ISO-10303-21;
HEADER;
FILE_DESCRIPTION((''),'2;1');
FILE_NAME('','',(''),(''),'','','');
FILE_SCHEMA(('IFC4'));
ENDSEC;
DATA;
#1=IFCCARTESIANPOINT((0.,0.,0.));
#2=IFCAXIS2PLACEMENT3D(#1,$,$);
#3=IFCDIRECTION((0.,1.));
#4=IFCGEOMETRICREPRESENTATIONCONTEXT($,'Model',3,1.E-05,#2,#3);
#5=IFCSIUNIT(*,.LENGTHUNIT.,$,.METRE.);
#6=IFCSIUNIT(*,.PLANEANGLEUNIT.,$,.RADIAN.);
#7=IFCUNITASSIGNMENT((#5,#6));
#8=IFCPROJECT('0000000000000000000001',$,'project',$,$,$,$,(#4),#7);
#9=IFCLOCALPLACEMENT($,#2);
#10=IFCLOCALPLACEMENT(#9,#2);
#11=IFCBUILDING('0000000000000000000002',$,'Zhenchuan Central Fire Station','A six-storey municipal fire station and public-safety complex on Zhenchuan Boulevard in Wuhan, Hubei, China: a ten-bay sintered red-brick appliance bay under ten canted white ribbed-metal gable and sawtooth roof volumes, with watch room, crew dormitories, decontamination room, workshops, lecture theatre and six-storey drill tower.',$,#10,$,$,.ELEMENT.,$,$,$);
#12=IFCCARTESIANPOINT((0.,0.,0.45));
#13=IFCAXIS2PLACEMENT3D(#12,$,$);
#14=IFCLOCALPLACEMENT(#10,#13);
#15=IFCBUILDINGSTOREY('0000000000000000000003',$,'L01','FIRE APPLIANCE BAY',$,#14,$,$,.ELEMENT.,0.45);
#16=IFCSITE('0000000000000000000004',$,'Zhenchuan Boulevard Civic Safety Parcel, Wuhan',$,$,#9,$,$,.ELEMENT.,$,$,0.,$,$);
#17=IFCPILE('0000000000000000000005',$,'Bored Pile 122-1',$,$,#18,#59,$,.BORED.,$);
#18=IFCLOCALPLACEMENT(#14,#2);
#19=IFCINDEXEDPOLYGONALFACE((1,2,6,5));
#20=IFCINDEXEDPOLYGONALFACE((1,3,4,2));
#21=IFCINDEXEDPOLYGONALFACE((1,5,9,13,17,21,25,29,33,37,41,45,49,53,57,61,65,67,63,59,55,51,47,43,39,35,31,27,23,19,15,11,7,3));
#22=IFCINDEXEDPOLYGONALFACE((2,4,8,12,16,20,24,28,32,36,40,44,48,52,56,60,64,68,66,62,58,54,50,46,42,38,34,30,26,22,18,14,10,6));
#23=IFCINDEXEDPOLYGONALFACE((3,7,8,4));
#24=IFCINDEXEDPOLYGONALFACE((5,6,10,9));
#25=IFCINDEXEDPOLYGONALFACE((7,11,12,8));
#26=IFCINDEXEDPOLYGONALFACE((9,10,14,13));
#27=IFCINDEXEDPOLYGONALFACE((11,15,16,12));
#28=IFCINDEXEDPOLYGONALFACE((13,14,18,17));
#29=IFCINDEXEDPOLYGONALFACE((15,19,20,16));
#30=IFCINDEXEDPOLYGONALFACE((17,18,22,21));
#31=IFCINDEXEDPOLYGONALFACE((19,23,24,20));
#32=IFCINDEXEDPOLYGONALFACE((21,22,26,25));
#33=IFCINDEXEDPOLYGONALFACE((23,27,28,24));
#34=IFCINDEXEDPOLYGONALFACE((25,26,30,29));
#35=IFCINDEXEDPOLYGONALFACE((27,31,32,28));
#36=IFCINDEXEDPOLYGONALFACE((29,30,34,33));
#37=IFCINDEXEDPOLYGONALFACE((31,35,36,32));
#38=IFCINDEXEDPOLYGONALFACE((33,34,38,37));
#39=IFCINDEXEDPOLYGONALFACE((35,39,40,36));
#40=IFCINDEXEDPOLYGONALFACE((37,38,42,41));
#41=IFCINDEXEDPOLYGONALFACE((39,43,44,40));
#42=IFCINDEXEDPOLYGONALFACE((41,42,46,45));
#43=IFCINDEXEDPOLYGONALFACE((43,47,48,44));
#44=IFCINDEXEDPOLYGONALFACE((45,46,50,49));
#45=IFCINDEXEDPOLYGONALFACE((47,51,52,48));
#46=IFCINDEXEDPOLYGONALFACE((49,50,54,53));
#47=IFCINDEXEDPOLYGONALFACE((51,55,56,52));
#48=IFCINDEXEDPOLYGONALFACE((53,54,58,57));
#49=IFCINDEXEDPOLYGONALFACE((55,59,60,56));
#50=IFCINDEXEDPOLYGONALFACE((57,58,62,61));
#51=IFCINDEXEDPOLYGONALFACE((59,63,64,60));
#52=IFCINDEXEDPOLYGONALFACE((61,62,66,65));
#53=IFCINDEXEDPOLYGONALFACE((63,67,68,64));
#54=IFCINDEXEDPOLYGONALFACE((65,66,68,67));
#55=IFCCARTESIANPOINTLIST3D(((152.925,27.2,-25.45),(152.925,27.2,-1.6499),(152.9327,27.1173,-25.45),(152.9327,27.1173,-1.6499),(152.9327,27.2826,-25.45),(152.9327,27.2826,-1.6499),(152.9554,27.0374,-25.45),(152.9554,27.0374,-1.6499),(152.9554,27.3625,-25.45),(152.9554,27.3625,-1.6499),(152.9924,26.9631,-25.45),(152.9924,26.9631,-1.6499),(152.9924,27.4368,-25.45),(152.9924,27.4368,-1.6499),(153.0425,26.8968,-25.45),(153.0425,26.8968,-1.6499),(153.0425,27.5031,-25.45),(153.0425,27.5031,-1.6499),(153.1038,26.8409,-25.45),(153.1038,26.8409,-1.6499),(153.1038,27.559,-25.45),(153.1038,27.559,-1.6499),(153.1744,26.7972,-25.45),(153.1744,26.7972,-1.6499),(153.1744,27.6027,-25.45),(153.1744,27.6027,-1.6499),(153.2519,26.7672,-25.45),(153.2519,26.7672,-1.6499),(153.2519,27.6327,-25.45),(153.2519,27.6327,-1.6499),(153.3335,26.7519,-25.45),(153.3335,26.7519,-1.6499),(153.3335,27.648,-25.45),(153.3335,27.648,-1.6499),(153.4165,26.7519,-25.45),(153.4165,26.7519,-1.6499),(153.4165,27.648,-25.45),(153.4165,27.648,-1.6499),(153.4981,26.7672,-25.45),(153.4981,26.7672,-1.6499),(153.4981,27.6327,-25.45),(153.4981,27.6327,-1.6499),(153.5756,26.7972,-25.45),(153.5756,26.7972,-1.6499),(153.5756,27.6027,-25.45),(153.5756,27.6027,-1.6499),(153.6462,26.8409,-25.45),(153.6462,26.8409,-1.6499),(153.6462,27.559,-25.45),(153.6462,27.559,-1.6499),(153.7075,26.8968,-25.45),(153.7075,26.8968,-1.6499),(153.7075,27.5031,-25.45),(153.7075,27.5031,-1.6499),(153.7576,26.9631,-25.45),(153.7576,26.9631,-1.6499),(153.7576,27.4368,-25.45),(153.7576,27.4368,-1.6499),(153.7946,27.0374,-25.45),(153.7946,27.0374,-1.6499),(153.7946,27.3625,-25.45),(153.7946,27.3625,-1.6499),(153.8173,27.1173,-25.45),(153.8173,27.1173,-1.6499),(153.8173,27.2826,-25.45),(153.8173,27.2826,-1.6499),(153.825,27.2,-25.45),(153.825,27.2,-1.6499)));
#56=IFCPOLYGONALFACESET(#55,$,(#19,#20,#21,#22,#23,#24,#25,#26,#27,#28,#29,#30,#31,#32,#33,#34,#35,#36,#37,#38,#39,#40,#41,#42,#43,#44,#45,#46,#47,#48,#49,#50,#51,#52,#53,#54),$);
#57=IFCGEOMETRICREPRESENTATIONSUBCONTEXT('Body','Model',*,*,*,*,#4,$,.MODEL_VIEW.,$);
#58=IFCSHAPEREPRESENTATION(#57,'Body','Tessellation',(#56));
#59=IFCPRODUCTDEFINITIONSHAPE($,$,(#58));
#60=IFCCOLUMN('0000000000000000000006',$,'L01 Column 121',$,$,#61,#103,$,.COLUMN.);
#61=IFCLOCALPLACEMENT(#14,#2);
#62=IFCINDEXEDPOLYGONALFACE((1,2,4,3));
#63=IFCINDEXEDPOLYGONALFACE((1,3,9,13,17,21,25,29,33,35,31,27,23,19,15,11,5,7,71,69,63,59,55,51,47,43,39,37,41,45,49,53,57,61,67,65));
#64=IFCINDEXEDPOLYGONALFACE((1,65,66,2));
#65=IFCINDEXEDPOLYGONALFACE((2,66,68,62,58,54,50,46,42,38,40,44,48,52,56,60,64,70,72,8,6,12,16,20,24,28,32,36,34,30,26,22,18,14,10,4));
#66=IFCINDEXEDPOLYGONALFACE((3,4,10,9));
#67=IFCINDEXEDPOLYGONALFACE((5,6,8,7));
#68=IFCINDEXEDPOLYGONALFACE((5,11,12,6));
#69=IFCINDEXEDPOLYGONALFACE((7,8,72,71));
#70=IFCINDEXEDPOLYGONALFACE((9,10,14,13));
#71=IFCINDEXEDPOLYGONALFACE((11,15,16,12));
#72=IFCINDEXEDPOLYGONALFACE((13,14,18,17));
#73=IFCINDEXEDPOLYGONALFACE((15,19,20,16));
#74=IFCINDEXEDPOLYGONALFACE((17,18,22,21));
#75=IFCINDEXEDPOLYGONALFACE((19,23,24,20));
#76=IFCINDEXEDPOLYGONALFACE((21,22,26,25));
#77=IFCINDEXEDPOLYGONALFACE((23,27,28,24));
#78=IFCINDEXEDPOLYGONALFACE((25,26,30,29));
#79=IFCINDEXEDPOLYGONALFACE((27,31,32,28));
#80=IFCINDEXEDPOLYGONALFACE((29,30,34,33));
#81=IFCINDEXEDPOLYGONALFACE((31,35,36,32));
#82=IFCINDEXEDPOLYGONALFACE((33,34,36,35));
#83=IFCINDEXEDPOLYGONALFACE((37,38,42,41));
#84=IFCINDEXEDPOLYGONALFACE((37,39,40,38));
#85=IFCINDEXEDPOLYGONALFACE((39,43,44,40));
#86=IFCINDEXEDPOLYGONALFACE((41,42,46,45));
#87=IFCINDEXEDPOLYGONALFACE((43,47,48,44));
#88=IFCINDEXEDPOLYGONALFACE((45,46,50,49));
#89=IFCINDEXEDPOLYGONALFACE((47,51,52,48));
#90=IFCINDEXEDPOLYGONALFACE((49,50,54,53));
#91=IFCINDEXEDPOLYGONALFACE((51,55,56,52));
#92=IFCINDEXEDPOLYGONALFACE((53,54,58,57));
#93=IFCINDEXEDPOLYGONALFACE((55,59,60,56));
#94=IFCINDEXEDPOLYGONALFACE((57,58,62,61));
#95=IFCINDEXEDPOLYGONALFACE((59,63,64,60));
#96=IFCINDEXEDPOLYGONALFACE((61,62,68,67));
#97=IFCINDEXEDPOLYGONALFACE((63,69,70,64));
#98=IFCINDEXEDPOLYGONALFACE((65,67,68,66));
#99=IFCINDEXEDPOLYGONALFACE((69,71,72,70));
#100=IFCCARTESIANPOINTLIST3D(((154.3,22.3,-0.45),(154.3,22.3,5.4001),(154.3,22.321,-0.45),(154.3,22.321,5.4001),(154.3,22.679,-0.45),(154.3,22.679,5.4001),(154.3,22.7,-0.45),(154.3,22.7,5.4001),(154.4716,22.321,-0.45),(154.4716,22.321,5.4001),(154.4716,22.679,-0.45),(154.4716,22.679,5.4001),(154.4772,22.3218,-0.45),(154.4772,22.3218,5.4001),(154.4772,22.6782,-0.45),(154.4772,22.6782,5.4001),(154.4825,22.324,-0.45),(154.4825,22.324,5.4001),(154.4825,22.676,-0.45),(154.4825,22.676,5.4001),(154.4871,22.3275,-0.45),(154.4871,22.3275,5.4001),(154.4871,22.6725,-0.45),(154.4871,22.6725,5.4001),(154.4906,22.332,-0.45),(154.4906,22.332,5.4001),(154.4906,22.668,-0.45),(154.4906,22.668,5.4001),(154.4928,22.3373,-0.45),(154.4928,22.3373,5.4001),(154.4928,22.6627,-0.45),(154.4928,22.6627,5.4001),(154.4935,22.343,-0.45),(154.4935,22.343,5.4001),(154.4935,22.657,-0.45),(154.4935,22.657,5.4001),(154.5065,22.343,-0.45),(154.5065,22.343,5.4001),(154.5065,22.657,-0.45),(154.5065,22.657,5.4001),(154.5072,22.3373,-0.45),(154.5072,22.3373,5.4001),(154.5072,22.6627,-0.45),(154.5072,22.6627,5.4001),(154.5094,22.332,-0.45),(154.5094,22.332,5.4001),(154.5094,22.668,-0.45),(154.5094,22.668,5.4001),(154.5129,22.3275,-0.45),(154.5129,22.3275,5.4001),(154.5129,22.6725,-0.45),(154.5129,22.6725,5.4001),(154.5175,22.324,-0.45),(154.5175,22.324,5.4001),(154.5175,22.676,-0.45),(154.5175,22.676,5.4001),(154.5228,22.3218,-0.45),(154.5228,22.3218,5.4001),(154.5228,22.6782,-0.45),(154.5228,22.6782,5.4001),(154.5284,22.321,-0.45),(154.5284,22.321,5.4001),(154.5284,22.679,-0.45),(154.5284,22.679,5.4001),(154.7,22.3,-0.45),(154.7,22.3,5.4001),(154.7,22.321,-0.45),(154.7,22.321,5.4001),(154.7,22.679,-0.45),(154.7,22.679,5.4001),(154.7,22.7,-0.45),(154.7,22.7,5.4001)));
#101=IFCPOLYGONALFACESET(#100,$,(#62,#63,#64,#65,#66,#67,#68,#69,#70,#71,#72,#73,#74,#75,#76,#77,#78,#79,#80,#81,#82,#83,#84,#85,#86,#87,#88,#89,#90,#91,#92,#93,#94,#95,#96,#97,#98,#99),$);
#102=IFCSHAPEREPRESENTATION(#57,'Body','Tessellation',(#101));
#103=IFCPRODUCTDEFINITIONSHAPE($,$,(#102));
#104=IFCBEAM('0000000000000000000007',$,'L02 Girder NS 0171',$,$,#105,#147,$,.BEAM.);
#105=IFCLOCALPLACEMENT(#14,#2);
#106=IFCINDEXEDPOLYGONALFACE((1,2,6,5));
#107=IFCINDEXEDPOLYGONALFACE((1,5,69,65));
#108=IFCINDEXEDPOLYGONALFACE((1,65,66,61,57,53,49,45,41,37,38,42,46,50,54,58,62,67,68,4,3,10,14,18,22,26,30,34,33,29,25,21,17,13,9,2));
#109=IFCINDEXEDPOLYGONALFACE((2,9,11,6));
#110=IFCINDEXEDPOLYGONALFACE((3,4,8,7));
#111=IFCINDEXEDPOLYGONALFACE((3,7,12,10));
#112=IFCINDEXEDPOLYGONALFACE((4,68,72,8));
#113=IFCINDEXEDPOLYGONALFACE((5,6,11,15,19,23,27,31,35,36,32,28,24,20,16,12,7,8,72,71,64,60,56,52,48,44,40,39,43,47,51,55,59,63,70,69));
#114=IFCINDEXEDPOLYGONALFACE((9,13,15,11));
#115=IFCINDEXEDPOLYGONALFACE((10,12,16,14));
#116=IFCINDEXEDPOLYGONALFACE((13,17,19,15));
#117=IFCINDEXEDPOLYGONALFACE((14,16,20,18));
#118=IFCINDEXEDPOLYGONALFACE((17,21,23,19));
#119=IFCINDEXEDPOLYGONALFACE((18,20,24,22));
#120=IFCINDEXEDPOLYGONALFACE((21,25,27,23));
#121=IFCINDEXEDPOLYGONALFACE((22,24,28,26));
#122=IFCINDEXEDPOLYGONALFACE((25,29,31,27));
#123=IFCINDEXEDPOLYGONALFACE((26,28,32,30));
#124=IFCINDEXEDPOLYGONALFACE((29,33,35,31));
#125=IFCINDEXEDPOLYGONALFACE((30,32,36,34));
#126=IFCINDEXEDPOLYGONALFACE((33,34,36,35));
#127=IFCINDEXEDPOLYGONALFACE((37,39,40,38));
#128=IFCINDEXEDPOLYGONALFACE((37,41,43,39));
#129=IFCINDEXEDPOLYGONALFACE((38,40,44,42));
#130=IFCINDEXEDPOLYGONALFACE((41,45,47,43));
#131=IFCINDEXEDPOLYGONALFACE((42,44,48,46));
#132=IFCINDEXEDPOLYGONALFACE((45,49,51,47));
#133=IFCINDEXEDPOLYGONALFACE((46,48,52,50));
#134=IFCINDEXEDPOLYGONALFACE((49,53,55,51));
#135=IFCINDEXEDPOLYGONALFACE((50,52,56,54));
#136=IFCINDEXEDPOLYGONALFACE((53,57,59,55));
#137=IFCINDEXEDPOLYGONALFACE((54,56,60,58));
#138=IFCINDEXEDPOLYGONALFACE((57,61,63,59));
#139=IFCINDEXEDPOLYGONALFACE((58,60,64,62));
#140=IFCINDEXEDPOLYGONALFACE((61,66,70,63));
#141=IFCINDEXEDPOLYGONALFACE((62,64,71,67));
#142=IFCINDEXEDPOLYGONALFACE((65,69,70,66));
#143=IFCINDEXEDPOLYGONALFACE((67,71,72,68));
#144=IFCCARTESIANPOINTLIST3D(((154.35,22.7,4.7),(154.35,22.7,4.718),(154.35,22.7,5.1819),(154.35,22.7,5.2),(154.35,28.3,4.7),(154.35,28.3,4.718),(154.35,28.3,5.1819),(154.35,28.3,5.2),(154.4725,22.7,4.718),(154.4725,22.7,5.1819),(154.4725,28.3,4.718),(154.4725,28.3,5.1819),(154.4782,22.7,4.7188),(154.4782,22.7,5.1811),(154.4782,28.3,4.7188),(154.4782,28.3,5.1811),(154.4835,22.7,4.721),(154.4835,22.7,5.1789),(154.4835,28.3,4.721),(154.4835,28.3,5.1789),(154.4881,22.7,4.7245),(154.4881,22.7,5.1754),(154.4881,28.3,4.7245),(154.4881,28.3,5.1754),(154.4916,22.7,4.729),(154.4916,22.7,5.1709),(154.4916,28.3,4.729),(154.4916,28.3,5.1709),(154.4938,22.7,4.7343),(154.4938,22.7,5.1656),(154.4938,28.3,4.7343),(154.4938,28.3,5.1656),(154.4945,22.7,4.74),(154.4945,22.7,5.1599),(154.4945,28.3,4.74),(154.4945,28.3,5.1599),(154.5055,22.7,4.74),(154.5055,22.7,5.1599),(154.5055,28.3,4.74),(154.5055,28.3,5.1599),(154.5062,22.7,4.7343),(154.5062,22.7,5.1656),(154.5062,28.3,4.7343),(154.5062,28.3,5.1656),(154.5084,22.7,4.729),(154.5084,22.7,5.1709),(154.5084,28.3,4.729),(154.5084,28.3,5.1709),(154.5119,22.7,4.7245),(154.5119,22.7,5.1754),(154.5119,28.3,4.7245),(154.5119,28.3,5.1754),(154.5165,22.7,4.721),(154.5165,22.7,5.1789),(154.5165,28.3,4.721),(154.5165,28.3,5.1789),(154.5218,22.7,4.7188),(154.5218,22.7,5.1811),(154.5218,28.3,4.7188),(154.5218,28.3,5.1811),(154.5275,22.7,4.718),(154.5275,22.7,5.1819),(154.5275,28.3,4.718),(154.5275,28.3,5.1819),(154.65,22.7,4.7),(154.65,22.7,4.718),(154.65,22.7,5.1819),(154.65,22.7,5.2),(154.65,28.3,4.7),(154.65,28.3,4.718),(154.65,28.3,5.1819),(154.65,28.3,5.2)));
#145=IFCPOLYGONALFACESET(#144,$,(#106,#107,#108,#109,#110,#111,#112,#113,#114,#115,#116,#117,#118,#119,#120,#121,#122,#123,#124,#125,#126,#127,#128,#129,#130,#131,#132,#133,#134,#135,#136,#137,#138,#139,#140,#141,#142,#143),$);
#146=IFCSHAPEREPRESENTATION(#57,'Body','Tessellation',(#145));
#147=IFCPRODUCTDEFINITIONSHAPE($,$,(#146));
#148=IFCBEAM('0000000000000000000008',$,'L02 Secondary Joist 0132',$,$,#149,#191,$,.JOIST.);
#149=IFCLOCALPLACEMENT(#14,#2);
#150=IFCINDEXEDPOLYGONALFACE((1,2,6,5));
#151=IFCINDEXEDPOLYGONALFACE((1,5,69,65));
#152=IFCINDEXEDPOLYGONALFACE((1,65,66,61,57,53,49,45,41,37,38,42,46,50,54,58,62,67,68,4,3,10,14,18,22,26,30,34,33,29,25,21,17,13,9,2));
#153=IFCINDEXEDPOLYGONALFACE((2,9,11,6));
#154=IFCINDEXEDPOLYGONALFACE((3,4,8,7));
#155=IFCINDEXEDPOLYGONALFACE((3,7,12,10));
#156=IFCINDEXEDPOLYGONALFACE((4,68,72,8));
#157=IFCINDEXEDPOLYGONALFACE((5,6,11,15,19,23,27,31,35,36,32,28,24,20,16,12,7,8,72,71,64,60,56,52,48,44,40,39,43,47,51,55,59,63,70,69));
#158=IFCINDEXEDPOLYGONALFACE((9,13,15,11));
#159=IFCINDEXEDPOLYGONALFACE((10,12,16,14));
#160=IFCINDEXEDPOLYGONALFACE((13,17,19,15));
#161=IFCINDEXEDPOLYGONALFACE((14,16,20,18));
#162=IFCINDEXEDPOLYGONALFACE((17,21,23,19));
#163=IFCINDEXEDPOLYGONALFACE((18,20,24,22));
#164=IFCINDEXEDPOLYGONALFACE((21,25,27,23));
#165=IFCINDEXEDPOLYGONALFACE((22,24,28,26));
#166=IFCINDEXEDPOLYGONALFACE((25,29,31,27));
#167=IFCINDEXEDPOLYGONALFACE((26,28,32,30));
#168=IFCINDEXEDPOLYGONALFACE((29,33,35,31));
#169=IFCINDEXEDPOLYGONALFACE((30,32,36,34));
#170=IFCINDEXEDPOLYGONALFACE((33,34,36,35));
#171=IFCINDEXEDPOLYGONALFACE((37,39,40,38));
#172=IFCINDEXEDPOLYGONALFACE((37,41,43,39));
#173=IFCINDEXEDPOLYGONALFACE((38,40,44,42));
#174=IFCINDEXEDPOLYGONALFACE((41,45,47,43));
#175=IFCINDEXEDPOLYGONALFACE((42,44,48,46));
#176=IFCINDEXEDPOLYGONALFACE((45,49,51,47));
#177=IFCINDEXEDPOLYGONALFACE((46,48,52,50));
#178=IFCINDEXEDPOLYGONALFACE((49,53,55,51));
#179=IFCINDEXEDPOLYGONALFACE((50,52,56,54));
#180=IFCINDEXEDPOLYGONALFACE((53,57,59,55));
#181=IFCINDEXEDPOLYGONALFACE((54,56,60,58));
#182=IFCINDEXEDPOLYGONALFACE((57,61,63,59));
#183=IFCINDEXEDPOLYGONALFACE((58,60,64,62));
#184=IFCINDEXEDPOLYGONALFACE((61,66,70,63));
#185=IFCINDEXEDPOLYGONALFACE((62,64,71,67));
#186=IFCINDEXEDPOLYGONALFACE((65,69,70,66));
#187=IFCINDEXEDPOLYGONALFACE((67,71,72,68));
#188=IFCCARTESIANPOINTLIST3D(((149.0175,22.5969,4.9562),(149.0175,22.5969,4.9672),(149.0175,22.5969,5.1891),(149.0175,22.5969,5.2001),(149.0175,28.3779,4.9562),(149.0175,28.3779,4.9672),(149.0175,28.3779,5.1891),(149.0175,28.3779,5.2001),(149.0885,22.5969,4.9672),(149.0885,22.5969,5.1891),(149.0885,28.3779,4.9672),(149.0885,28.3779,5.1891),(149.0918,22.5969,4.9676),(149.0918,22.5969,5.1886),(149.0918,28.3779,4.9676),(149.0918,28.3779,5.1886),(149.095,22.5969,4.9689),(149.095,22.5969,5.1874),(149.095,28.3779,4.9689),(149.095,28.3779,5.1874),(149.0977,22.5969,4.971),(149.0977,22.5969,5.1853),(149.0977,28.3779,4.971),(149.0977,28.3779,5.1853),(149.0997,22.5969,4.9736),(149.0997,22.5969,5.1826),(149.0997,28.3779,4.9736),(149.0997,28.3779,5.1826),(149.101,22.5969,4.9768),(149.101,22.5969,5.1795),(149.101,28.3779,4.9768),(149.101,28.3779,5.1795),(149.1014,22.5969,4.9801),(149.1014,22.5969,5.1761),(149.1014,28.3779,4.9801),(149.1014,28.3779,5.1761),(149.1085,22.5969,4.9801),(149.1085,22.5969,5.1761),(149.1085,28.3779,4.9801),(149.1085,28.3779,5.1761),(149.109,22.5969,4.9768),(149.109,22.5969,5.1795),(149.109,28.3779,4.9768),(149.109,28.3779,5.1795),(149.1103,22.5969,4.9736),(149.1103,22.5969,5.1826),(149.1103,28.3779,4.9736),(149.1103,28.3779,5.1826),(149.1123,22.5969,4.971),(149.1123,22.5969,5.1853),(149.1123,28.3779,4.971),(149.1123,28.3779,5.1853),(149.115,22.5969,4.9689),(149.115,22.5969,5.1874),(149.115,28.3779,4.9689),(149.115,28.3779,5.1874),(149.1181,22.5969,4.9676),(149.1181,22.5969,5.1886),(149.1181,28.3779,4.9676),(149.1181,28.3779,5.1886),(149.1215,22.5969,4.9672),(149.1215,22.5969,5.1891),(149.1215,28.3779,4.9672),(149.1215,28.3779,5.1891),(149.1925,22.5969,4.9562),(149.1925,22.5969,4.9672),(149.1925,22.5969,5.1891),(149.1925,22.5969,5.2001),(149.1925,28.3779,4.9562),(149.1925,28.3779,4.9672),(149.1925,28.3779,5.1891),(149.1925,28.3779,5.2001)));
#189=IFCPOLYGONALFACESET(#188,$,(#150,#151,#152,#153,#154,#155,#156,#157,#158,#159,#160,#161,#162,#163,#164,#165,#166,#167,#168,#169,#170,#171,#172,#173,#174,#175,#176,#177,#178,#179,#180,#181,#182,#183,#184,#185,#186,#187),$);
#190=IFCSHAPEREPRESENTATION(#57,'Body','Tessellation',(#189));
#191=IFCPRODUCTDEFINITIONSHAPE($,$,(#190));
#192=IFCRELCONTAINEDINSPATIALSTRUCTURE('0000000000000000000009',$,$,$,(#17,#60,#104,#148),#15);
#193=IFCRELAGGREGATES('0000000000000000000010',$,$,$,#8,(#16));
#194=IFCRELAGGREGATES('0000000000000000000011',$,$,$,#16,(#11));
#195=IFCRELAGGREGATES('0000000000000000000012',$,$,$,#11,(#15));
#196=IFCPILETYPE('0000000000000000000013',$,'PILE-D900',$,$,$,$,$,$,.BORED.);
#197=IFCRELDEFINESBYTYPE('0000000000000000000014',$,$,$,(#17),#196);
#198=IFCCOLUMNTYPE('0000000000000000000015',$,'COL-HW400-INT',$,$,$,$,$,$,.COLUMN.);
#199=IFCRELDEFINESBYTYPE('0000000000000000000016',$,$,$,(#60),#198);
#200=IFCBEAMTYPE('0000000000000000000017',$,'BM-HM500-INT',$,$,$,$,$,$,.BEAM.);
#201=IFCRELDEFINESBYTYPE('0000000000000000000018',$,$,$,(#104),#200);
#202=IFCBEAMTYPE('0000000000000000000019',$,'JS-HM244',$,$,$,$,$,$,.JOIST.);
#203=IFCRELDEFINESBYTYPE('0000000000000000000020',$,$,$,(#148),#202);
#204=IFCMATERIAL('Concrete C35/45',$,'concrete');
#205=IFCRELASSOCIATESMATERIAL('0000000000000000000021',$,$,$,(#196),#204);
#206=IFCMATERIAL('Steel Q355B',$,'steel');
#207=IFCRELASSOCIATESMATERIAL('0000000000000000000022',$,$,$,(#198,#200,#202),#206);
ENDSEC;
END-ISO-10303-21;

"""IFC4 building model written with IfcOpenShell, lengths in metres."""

from ifc_helpers import new_model, si_unit, direction, frame, origin, origin_2d, place, context, subcontext, project, spatial, circle, i_section, extrude, material, material_profile, profile_set, type_object, element, save


model = new_model("IFC4")

# Units and contexts
model_context = context("Model", 3, precision=1e-05, world=origin(), true_north=direction((0.0, 1.0)))
body_context = subcontext(model_context, "Body", "Model", "MODEL_VIEW")
ifc_project = project(units=[si_unit("LENGTHUNIT", "METRE"), si_unit("PLANEANGLEUNIT", "RADIAN")], contexts=[model_context])

# Site, building, storey
site_placement = place(None, origin())
site = spatial("IfcSite", under=ifc_project, at=site_placement, Name="Zhenchuan Boulevard Civic Safety Parcel, Wuhan", CompositionType="ELEMENT", RefElevation=0.0)
building_placement = place(site_placement, origin())
building = spatial("IfcBuilding", under=site, at=building_placement, Name="Zhenchuan Central Fire Station", Description="A six-storey municipal fire station and public-safety complex on Zhenchuan Boulevard in Wuhan, Hubei, China: a ten-bay sintered red-brick appliance bay under ten canted white ribbed-metal gable and sawtooth roof volumes, with watch room, crew dormitories, decontamination room, workshops, lecture theatre and six-storey drill tower.", CompositionType="ELEMENT")
storey_placement = place(building_placement, frame((0.0, 0.0, 0.45)))
storey = spatial("IfcBuildingStorey", under=building, at=storey_placement, Name="L01", Description="FIRE APPLIANCE BAY", CompositionType="ELEMENT", Elevation=0.45)

# Pile
ifc_material_1 = material(Name="Concrete C35/45", Category="concrete")
ifc_material_profile_1 = material_profile(ifc_material_1, circle(Radius=0.45, at=origin_2d()), Name="PILE D900")
ifc_profile_set_1 = profile_set([ifc_material_profile_1], Name="Concrete C35/45")
pile_type_1 = type_object("IfcPileType", Name="PILE-D900", PredefinedType="BORED", material=ifc_profile_set_1)
pile_1_placement = place(storey_placement, frame((153.375, 27.2, -1.6499), z_axis=(0.0, 0.0, -1.0), x_axis=(1.0, 0.0, 0.0)))
element("IfcPile", 1, at=pile_1_placement, inside=storey, type_object=pile_type_1, Name="Bored Pile 122-1", PredefinedType="BORED", context=body_context, shape_type="SweptSolid", body=[
    extrude(circle(Radius=0.45, at=origin_2d()), origin(), (0.0, 0.0, 1.0), 23.8),
])

# Column
ifc_material_2 = material(Name="Steel Q355B", Category="steel")
ifc_material_profile_2 = material_profile(ifc_material_2, i_section(OverallWidth=0.3999, OverallDepth=0.3999, WebThickness=0.0129, FlangeThickness=0.021, FilletRadius=0.022, at=origin_2d()), Name="HW 400x400")
ifc_profile_set_2 = profile_set([ifc_material_profile_2], Name="Steel Q355B")
column_type = type_object("IfcColumnType", Name="COL-HW400-INT", PredefinedType="COLUMN", material=ifc_profile_set_2)
column_placement = place(storey_placement, frame((154.5, 22.5, -0.45), z_axis=(0.0, 0.0, 1.0), x_axis=(1.0, 0.0, 0.0)))
element("IfcColumn", 2, at=column_placement, inside=storey, type_object=column_type, Name="L01 Column 121", PredefinedType="COLUMN", context=body_context, shape_type="SweptSolid", body=[
    extrude(i_section(OverallWidth=0.3999, OverallDepth=0.3999, WebThickness=0.0129, FlangeThickness=0.021, FilletRadius=0.022, at=origin_2d()), origin(), (0.0, 0.0, 1.0), 5.8501),
])

# Beams
ifc_material_profile_3 = material_profile(ifc_material_2, i_section(OverallWidth=0.3, OverallDepth=0.5, WebThickness=0.011, FlangeThickness=0.0181, FilletRadius=0.022, at=origin_2d()), Name="HM 500x300")
ifc_profile_set_3 = profile_set([ifc_material_profile_3], Name="Steel Q355B")
beam_type_1 = type_object("IfcBeamType", Name="BM-HM500-INT", PredefinedType="BEAM", material=ifc_profile_set_3)
beam_1_placement = place(storey_placement, frame((154.5, 22.7, 4.95), z_axis=(0.0, 1.0, 0.0), x_axis=(-1.0, 0.0, 0.0)))
element("IfcBeam", 3, at=beam_1_placement, inside=storey, type_object=beam_type_1, Name="L02 Girder NS 0171", PredefinedType="BEAM", context=body_context, shape_type="SweptSolid", body=[
    extrude(i_section(OverallWidth=0.3, OverallDepth=0.5, WebThickness=0.011, FlangeThickness=0.0181, FilletRadius=0.022, at=origin_2d()), origin(), (0.0, 0.0, 1.0), 5.6001),
])
ifc_material_profile_4 = material_profile(ifc_material_2, i_section(OverallWidth=0.175, OverallDepth=0.2439, WebThickness=0.0071, FlangeThickness=0.011, FilletRadius=0.0129, at=origin_2d()), Name="HM 244x175")
ifc_profile_set_4 = profile_set([ifc_material_profile_4], Name="Steel Q355B")
beam_type_2 = type_object("IfcBeamType", Name="JS-HM244", PredefinedType="JOIST", material=ifc_profile_set_4)
beam_2_placement = place(storey_placement, frame((149.105, 22.5969, 5.0781), z_axis=(0.0, 1.0, 0.0), x_axis=(-1.0, 0.0, 0.0)))
element("IfcBeam", 4, at=beam_2_placement, inside=storey, type_object=beam_type_2, Name="L02 Secondary Joist 0132", PredefinedType="JOIST", context=body_context, shape_type="SweptSolid", body=[
    extrude(i_section(OverallWidth=0.175, OverallDepth=0.2439, WebThickness=0.0071, FlangeThickness=0.011, FilletRadius=0.0129, at=origin_2d()), origin(), (0.0, 0.0, 1.0), 5.781),
])

save(model, "model.ifc")
